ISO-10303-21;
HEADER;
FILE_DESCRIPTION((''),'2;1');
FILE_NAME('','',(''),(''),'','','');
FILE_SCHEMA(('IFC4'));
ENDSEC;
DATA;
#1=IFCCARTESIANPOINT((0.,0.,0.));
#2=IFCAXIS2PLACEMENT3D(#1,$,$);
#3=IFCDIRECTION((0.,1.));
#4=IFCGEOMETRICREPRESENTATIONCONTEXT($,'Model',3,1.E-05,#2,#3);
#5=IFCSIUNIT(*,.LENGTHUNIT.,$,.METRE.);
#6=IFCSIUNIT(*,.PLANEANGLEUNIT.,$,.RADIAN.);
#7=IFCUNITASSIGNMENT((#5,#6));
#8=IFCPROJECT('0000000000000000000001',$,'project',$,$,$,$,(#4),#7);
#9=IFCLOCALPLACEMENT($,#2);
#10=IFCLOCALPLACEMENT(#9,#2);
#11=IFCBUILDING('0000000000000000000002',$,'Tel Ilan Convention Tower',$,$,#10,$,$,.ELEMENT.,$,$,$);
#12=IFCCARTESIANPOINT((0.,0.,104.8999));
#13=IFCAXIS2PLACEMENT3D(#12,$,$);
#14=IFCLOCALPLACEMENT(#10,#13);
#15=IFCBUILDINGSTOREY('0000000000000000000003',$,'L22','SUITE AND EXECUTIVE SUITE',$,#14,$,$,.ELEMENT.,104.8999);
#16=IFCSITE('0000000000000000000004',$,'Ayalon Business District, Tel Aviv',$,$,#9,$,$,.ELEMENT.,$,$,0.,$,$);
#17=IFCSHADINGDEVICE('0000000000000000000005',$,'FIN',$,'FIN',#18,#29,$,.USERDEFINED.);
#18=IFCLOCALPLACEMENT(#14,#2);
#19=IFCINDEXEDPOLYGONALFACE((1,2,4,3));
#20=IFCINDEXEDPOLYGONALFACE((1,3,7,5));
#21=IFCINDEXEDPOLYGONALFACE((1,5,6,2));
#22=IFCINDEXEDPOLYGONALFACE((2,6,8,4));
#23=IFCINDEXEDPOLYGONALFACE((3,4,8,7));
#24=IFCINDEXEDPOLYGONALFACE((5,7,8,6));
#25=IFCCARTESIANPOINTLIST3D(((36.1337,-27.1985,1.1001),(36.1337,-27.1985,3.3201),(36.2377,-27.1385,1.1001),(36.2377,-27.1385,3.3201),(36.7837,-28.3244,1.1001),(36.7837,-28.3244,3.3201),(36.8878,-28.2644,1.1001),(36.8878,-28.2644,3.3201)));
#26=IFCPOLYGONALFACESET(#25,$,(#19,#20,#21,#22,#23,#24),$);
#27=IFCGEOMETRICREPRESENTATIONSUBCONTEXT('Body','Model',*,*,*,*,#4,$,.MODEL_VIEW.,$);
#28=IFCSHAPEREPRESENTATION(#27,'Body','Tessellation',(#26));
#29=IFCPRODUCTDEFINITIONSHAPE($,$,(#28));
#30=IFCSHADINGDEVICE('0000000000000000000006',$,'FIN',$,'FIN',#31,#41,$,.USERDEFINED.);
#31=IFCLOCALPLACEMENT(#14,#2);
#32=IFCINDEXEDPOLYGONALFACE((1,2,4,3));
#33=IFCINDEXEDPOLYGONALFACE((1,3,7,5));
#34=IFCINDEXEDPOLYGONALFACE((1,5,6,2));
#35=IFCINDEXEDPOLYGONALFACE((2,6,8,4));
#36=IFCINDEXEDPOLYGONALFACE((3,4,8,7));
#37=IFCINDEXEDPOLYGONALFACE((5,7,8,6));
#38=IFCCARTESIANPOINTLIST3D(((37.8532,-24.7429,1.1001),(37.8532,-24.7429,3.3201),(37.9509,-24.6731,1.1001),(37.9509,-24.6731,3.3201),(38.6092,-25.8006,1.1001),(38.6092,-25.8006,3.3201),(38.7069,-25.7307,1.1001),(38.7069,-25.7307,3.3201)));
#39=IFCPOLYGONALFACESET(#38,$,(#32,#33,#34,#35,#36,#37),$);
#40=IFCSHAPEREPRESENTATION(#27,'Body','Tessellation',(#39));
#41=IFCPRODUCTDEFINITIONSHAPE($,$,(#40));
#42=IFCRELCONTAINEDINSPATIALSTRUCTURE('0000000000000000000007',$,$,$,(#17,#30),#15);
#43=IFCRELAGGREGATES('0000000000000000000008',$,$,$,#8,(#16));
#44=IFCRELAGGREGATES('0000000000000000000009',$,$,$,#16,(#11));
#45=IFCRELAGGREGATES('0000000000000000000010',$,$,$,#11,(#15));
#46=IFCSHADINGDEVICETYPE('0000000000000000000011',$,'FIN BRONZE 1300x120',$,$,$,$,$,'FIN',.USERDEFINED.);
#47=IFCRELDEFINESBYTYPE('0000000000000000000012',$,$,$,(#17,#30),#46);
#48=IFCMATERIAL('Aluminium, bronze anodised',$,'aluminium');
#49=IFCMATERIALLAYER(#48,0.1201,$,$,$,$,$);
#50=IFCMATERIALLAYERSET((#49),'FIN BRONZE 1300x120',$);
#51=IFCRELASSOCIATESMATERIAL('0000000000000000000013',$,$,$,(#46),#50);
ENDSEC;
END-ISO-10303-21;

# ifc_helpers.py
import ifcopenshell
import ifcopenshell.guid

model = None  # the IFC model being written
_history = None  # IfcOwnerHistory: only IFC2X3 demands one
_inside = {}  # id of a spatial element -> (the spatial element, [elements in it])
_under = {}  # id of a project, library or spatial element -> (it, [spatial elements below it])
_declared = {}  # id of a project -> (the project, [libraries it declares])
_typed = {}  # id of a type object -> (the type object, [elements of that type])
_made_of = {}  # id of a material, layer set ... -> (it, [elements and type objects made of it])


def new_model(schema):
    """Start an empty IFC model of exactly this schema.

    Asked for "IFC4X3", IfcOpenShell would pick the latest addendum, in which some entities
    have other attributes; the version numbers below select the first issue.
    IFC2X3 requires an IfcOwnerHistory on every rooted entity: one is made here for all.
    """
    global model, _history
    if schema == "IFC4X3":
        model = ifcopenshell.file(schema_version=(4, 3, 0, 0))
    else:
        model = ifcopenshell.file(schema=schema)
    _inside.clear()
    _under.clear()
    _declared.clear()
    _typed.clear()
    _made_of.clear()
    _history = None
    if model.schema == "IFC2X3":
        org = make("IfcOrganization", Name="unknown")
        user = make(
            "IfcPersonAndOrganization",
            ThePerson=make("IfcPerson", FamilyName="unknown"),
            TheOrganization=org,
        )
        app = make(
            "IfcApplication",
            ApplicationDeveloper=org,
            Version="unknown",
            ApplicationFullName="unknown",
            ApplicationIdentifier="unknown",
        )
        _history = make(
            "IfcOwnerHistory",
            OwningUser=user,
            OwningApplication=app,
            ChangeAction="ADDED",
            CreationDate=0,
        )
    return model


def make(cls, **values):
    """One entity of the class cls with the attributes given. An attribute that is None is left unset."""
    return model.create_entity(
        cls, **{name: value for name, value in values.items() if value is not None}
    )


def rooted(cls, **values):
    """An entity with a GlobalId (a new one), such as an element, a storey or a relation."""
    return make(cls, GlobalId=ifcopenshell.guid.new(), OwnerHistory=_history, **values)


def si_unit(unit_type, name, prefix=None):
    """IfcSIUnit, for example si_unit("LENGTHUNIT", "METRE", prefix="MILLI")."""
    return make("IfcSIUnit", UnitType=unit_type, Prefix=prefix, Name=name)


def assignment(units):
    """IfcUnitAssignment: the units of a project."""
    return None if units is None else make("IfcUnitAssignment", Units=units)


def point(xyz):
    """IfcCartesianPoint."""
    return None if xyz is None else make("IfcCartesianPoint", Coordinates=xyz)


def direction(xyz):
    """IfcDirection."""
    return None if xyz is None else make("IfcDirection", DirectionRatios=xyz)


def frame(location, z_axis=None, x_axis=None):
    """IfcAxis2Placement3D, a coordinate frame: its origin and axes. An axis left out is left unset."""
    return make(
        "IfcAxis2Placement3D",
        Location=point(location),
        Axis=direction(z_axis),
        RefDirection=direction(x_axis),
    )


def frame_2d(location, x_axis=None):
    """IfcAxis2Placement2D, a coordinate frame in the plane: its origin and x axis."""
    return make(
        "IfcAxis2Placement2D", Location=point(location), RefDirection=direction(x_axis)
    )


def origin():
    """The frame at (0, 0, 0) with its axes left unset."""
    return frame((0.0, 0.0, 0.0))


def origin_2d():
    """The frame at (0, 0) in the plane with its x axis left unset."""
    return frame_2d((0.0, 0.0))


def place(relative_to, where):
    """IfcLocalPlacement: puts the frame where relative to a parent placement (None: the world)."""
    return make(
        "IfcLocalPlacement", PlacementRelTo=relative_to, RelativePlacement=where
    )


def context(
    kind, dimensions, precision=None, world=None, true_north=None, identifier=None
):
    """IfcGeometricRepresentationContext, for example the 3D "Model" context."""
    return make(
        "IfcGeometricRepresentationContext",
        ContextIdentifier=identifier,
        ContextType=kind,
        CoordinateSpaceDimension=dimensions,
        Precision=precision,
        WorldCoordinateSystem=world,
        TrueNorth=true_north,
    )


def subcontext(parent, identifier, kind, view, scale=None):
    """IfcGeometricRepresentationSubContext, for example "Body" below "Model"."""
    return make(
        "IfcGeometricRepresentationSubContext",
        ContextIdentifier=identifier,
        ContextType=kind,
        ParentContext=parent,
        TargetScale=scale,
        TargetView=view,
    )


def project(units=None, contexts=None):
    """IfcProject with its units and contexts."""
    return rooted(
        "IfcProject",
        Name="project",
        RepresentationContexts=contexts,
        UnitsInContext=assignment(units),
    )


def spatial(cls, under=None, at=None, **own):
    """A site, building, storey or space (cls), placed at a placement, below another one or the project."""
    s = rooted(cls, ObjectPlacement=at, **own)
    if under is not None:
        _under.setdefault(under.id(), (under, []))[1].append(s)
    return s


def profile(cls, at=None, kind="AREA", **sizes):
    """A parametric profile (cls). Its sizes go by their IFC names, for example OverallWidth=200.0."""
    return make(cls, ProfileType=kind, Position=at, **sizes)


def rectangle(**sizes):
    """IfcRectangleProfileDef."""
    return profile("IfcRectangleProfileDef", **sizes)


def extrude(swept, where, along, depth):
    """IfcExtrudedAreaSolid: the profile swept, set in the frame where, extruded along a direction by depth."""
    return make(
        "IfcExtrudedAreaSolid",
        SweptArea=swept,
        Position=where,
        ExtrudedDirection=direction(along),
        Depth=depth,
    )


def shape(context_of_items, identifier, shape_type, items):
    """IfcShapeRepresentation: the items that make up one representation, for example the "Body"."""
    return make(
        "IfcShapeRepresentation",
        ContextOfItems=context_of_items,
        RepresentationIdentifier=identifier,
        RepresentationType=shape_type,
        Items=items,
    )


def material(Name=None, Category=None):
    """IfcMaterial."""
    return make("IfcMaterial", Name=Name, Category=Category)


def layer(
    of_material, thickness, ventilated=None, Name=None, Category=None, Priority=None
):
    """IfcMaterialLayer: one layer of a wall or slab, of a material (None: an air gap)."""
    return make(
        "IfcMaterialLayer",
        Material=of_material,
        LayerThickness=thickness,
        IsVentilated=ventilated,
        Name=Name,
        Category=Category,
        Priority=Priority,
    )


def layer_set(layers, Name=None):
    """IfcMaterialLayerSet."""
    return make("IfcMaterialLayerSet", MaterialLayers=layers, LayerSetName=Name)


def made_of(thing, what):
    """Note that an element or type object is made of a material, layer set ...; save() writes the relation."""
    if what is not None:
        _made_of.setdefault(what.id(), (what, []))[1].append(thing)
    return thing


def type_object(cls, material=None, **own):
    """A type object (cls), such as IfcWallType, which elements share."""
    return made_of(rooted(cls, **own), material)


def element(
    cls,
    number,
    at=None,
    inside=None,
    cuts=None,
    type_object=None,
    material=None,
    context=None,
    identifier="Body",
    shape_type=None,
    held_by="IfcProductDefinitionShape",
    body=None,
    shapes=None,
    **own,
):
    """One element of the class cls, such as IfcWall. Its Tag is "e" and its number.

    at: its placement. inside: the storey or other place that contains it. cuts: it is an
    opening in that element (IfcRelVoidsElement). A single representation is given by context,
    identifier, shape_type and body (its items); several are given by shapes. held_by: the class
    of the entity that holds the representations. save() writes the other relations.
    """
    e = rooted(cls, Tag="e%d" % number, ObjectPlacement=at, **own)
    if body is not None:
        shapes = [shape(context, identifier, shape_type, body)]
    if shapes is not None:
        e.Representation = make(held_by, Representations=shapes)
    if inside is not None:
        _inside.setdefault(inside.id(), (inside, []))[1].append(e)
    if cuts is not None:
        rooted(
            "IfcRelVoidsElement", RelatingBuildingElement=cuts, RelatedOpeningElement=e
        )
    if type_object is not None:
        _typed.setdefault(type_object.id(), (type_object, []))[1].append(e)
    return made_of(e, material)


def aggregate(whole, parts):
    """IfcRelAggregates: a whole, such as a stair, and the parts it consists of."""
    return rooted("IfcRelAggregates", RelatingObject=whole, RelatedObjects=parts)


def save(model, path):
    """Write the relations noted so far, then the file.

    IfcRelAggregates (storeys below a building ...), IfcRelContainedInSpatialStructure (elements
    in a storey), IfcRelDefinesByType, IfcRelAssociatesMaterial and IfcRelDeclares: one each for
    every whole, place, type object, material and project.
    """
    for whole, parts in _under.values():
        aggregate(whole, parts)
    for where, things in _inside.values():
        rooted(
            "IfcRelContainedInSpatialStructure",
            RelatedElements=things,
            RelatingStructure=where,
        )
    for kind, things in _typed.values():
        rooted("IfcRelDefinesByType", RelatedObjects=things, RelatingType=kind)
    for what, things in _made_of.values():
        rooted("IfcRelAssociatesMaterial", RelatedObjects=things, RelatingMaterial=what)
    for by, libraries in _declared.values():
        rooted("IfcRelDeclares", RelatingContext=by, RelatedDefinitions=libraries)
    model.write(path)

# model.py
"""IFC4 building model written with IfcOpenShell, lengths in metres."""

from ifc_helpers import new_model, si_unit, direction, frame, origin, origin_2d, place, context, subcontext, project, spatial, rectangle, extrude, material, layer, layer_set, type_object, element, save


model = new_model("IFC4")

# Units and contexts
model_context = context("Model", 3, precision=1e-05, world=origin(), true_north=direction((0.0, 1.0)))
body_context = subcontext(model_context, "Body", "Model", "MODEL_VIEW")
ifc_project = project(units=[si_unit("LENGTHUNIT", "METRE"), si_unit("PLANEANGLEUNIT", "RADIAN")], contexts=[model_context])

# Site, building, storey
site_placement = place(None, origin())
site = spatial("IfcSite", under=ifc_project, at=site_placement, Name="Ayalon Business District, Tel Aviv", CompositionType="ELEMENT", RefElevation=0.0)
building_placement = place(site_placement, origin())
building = spatial("IfcBuilding", under=site, at=building_placement, Name="Tel Ilan Convention Tower", CompositionType="ELEMENT")
storey_placement = place(building_placement, frame((0.0, 0.0, 104.8999)))
storey = spatial("IfcBuildingStorey", under=building, at=storey_placement, Name="L22", Description="SUITE AND EXECUTIVE SUITE", CompositionType="ELEMENT", Elevation=104.8999)

# Shading devices
ifc_material_1 = material(Name="Aluminium, bronze anodised", Category="aluminium")
ifc_layer_1 = layer(ifc_material_1, 0.1201)
ifc_layer_set_1 = layer_set([ifc_layer_1], Name="FIN BRONZE 1300x120")
shading_device_type = type_object("IfcShadingDeviceType", Name="FIN BRONZE 1300x120", ElementType="FIN", PredefinedType="USERDEFINED", material=ifc_layer_set_1)
for number, where, z_axis, x_axis, name in (
    (1, (36.5107, -27.7314, 1.1001), (0.0, 0.0, 1.0), (0.5, -0.866025, 0.0), "FIN"),
    (2, (38.28, -25.2368, 1.1001), (0.0, 0.0, 1.0), (0.581492, -0.813552, 0.0), "FIN"),
):
    element("IfcShadingDevice", number, at=place(storey_placement, frame(where, z_axis=z_axis, x_axis=x_axis)), inside=storey, type_object=shading_device_type, Name=name, ObjectType="FIN", PredefinedType="USERDEFINED", context=body_context, shape_type="SweptSolid", body=[
        extrude(rectangle(XDim=1.3, YDim=0.1201, at=origin_2d()), origin(), (0.0, 0.0, 1.0), 2.22),
    ])

save(model, "model.ifc")
